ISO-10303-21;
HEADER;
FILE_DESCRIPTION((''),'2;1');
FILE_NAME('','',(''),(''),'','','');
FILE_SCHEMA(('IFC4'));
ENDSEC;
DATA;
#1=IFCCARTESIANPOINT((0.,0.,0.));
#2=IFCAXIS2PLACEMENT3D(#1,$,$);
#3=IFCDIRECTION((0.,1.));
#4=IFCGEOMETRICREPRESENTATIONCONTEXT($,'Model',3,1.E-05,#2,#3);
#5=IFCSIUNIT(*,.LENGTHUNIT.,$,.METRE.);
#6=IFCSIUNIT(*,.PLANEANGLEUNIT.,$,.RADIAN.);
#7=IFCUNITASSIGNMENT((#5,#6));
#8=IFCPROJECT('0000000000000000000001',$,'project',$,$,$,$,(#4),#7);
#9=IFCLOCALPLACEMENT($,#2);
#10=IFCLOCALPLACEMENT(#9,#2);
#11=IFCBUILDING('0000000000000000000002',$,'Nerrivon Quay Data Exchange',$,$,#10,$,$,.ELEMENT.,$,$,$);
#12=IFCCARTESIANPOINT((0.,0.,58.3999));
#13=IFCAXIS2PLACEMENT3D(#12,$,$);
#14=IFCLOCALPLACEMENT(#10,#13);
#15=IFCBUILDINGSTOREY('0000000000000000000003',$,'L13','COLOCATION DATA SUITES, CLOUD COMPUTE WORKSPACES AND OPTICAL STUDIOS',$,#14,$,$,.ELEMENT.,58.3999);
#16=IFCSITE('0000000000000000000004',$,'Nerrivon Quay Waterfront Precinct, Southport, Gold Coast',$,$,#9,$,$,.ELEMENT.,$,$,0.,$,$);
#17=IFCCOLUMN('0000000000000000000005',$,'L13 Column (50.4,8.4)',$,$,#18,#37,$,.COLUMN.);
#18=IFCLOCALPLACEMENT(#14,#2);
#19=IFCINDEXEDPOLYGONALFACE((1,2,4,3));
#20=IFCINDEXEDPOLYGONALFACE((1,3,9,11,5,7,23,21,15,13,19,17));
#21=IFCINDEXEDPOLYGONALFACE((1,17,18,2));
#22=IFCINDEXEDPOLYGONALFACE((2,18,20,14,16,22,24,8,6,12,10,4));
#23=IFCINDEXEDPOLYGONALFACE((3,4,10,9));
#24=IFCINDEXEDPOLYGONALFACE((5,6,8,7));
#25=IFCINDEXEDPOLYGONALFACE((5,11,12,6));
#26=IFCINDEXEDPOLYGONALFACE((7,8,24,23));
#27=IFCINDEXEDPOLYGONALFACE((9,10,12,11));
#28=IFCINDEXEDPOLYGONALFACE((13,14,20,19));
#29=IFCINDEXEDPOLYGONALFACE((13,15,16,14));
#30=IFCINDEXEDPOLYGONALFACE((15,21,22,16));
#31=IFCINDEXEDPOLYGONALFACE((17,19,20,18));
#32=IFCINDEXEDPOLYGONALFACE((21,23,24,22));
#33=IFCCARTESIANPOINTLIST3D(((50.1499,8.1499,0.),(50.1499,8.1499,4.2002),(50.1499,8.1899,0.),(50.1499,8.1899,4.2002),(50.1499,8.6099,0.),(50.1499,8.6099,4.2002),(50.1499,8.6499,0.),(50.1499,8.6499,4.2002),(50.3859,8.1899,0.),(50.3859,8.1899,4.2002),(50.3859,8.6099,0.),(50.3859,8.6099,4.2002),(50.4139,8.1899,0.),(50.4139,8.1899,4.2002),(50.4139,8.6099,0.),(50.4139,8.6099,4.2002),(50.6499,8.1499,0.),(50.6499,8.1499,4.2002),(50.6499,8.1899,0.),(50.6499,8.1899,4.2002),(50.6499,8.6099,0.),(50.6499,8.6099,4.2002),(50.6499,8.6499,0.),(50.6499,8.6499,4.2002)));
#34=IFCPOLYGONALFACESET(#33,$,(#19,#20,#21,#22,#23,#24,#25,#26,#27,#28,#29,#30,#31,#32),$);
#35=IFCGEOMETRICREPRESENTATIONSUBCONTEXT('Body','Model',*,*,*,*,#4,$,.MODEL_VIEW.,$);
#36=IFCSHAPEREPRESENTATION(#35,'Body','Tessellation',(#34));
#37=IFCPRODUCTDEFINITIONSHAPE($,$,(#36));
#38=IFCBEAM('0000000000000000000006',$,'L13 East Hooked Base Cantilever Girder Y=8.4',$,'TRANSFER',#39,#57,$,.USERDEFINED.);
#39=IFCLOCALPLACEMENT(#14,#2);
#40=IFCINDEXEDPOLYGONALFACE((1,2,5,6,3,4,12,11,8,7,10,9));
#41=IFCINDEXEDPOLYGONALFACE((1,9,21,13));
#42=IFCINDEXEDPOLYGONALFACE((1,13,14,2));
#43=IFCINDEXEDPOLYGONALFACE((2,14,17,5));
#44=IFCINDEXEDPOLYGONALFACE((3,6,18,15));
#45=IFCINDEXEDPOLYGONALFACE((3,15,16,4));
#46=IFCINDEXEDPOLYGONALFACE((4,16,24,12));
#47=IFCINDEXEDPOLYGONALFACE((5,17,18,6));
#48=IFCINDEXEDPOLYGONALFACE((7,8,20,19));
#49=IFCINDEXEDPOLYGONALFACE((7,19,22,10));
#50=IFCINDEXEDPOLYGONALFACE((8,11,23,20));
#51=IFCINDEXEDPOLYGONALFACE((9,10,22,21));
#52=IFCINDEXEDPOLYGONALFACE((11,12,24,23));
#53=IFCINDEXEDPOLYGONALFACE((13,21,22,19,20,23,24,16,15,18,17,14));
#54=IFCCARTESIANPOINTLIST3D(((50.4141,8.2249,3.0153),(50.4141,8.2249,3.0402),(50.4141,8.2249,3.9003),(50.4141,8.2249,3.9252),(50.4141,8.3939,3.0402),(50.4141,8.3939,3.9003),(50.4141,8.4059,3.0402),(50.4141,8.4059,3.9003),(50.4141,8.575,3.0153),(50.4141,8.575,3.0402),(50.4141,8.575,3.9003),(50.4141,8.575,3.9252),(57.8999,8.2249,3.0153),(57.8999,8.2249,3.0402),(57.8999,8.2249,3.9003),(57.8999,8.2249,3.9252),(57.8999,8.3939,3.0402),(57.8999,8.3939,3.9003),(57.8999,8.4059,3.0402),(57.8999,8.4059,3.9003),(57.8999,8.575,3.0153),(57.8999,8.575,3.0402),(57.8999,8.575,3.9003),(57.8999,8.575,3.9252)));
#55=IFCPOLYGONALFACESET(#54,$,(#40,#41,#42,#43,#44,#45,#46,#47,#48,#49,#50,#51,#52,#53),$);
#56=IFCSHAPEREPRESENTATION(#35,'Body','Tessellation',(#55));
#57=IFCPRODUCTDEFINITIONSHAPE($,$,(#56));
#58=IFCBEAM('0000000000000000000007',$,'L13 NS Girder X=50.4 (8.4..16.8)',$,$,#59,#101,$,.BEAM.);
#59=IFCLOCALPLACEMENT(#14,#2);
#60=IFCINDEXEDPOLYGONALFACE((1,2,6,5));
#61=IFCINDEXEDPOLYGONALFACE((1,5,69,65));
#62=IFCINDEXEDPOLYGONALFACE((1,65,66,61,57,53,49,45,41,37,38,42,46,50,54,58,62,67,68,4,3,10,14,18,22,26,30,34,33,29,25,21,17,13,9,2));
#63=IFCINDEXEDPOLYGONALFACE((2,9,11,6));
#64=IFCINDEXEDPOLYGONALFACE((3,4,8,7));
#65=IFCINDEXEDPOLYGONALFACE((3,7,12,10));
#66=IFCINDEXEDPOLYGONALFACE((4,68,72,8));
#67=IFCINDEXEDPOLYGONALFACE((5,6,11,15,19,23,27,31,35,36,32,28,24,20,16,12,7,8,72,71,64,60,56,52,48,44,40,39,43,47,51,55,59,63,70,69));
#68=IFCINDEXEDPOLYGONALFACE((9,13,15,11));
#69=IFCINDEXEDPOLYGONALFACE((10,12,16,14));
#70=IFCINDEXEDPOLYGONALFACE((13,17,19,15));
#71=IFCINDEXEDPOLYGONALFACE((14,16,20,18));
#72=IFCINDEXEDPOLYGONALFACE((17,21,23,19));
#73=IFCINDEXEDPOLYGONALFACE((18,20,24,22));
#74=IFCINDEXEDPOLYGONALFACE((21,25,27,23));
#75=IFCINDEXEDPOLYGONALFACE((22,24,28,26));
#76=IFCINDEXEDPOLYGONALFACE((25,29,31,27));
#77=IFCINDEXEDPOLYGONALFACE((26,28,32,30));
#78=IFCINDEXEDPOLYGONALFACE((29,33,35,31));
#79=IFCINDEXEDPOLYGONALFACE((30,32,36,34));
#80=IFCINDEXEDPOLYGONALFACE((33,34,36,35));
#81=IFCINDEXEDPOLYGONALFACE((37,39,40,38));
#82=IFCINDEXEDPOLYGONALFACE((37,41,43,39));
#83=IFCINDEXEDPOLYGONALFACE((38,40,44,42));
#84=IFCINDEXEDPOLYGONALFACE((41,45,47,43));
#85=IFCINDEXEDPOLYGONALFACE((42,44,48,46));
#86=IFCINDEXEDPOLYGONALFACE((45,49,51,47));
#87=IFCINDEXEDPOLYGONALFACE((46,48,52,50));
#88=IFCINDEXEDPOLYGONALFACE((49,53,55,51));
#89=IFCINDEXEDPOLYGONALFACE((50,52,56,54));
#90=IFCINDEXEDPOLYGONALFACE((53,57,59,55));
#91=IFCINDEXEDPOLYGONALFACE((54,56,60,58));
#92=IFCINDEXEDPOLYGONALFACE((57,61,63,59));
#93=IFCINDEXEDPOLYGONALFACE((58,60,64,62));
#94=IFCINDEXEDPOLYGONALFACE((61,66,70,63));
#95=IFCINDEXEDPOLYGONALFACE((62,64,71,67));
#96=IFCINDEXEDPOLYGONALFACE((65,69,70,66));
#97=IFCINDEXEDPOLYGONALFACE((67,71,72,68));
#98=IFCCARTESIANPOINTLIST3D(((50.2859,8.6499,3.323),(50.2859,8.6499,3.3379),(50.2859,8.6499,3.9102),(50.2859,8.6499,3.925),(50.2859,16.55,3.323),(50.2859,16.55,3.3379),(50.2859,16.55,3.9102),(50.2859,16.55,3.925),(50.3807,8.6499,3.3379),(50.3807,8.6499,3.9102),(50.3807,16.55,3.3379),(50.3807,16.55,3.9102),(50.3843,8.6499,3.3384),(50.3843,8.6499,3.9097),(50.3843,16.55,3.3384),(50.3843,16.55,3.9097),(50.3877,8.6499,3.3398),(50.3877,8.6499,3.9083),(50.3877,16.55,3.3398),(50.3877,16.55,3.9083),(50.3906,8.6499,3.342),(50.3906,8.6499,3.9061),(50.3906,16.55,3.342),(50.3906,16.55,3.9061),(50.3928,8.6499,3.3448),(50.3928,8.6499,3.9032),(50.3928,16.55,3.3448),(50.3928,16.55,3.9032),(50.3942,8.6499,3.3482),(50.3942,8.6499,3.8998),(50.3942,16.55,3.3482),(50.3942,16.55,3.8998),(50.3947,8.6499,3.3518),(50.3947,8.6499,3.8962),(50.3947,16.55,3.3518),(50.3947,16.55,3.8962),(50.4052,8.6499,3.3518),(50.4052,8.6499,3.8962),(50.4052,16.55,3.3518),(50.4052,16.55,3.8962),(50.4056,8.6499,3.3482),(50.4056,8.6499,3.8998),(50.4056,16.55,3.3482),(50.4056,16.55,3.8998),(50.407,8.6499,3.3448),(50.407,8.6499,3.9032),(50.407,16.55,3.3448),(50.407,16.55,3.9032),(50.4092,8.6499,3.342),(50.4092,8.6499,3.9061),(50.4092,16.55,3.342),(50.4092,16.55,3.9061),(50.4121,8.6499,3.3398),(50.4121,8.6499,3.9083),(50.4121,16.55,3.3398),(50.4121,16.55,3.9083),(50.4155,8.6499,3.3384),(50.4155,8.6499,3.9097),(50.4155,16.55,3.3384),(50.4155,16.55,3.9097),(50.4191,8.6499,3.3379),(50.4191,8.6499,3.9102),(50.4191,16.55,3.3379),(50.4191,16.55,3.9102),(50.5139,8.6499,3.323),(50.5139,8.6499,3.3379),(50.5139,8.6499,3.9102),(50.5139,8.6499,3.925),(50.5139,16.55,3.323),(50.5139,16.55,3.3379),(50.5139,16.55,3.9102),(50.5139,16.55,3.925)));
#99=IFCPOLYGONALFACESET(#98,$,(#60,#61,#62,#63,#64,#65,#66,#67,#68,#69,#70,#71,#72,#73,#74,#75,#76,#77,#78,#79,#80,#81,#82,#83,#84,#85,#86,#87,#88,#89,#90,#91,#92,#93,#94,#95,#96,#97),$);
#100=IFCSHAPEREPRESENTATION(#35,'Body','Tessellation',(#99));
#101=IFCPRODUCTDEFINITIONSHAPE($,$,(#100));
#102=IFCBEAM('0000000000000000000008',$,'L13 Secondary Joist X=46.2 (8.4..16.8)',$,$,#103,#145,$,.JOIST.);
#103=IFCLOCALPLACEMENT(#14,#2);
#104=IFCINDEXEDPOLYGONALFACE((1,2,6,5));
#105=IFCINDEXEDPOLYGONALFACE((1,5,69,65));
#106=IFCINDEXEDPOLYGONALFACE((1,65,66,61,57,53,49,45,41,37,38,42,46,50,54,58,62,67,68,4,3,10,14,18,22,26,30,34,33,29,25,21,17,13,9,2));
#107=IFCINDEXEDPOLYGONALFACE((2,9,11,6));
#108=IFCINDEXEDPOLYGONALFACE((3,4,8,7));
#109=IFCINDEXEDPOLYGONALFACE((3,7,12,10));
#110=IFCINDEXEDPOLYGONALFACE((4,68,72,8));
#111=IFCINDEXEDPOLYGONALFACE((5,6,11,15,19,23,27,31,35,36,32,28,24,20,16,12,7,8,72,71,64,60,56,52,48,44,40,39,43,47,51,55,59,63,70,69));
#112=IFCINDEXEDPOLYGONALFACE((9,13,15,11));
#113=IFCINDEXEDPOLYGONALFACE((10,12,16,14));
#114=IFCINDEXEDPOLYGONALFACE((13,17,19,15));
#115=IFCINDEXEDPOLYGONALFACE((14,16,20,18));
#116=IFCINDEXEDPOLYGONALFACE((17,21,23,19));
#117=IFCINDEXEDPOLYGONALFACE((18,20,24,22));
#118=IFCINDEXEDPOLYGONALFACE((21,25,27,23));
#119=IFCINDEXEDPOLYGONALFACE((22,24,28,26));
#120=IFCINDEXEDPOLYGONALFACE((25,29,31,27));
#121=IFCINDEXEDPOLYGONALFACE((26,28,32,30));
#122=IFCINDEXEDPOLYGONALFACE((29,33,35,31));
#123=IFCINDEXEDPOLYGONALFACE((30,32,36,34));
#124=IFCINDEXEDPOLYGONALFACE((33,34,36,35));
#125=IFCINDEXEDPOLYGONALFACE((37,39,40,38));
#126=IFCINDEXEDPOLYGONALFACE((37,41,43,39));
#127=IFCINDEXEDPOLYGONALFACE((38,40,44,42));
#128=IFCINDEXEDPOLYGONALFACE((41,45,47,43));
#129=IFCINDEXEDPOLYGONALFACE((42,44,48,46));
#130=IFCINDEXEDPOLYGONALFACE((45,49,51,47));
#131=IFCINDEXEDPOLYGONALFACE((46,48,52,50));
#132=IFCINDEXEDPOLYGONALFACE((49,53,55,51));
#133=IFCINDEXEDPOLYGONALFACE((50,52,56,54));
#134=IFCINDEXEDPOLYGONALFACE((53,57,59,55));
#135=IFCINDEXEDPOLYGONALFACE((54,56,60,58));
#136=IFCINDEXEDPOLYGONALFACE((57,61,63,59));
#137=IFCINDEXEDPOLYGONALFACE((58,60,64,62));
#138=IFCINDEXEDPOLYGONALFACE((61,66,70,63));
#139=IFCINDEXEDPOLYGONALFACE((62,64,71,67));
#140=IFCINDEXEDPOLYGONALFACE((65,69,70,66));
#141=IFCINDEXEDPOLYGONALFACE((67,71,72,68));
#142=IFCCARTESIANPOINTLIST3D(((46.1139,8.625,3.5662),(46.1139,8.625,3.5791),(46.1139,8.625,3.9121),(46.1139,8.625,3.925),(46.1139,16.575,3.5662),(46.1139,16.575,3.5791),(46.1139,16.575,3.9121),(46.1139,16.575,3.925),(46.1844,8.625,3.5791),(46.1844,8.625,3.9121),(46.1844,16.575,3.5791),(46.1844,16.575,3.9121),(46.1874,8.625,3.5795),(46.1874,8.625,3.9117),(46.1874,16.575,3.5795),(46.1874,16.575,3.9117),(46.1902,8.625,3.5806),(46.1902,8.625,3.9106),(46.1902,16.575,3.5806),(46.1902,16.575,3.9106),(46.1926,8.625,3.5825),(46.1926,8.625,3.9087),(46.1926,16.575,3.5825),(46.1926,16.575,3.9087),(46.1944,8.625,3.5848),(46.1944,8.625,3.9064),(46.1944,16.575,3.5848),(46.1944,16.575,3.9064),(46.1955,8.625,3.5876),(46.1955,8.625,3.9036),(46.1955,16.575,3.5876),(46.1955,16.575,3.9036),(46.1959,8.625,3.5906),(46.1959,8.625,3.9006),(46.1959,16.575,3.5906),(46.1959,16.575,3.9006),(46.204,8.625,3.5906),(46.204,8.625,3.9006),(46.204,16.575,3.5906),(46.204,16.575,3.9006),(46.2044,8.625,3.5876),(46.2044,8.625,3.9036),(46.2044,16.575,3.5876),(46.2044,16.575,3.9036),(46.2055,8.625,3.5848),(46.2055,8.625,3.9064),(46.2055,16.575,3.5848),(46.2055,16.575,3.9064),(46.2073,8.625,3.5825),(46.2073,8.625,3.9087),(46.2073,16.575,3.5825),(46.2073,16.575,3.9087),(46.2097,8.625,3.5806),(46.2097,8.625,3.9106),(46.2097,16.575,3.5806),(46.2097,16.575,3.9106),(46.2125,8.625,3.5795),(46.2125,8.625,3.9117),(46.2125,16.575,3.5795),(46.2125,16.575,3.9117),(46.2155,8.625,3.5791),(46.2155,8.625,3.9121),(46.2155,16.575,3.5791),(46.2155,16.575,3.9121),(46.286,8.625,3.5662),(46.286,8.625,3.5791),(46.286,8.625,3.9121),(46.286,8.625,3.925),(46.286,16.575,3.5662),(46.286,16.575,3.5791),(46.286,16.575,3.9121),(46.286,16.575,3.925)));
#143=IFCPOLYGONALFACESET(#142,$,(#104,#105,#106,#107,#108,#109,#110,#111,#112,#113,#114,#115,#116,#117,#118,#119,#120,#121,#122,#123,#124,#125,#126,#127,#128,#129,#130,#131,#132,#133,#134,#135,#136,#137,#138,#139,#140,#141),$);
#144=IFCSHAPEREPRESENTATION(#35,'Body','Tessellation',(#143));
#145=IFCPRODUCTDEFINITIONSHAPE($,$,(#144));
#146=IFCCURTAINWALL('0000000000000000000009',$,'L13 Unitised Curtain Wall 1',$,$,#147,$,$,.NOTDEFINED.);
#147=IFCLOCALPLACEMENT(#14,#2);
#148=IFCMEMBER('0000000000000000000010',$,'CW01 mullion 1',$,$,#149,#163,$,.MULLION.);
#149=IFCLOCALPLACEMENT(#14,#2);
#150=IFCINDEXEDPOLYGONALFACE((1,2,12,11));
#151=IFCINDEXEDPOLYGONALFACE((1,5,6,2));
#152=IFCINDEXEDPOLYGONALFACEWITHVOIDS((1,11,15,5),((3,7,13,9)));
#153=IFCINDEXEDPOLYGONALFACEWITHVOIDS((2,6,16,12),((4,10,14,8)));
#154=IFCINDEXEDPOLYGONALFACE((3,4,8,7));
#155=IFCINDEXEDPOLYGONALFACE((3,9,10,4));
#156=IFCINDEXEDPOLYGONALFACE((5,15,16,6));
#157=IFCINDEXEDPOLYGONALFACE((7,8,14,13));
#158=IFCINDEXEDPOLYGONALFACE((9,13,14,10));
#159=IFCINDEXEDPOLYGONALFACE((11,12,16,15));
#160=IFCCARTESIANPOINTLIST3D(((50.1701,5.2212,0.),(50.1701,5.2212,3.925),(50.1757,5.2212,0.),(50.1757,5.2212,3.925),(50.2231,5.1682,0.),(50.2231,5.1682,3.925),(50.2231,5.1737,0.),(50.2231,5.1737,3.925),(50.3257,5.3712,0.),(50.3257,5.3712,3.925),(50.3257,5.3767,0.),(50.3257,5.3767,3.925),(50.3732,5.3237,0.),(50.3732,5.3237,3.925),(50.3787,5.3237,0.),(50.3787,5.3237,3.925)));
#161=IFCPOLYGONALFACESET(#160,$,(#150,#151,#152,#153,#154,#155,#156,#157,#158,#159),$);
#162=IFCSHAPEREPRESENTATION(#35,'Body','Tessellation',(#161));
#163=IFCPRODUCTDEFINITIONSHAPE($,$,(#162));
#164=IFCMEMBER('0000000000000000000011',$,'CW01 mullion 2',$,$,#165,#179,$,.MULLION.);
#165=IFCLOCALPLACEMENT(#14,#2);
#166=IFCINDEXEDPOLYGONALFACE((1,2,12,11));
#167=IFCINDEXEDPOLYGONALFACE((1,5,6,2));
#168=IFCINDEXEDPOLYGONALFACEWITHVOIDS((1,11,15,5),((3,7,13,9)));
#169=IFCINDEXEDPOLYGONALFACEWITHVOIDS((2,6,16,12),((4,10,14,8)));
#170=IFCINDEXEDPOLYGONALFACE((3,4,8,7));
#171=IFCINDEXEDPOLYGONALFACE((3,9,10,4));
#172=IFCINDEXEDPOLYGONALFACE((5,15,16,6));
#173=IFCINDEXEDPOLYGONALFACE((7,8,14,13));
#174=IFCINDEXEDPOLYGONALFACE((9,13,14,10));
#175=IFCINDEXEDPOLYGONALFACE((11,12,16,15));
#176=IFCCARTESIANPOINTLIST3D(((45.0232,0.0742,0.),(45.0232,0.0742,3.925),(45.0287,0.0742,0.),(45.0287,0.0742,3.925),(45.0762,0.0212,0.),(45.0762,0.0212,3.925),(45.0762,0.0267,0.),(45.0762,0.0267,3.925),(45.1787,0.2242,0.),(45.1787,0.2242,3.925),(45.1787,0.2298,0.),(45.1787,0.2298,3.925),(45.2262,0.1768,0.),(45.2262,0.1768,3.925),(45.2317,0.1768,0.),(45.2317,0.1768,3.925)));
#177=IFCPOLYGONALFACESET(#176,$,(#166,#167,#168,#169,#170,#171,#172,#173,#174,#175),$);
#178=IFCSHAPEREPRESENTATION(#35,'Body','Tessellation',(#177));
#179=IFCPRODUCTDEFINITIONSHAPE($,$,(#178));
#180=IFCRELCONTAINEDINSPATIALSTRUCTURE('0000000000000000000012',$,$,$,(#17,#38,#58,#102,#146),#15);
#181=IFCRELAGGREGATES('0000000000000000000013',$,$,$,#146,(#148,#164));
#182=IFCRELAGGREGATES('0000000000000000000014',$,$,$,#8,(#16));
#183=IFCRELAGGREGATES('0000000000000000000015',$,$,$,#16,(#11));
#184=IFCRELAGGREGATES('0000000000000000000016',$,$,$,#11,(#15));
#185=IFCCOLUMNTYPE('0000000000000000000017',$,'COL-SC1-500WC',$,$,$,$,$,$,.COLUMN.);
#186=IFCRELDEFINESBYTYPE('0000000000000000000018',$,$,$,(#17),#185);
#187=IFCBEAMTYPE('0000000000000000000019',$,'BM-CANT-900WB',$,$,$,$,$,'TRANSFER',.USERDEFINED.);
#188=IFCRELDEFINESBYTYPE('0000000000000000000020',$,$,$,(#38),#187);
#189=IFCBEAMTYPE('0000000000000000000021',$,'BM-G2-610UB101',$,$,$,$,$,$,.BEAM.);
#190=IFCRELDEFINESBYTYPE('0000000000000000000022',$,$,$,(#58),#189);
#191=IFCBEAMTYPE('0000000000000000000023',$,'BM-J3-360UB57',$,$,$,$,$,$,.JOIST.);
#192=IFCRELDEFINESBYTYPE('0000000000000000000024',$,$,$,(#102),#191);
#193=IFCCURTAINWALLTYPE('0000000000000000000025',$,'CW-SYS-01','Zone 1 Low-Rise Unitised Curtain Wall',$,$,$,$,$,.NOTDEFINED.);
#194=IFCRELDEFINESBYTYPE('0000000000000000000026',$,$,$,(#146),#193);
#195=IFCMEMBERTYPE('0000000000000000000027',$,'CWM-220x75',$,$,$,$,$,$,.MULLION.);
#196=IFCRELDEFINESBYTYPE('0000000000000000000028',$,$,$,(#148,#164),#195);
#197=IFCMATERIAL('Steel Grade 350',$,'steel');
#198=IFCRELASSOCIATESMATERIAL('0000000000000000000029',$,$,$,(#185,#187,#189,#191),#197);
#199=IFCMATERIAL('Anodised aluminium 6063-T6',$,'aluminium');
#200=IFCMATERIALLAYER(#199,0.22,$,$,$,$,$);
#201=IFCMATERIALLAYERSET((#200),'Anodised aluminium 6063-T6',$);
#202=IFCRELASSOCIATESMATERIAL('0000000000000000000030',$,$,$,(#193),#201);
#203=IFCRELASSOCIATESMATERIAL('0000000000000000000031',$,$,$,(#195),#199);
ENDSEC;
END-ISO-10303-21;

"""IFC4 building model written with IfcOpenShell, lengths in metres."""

from ifc_helpers import new_model, si_unit, direction, frame, origin, origin_2d, place, context, subcontext, project, spatial, hollow_rectangle, i_section, extrude, material, layer, layer_set, material_profile, profile_set, type_object, element, aggregate, save


model = new_model("IFC4")

# Units and contexts
model_context = context("Model", 3, precision=1e-05, world=origin(), true_north=direction((0.0, 1.0)))
body_context = subcontext(model_context, "Body", "Model", "MODEL_VIEW")
ifc_project = project(units=[si_unit("LENGTHUNIT", "METRE"), si_unit("PLANEANGLEUNIT", "RADIAN")], contexts=[model_context])

# Site, building, storey
site_placement = place(None, origin())
site = spatial("IfcSite", under=ifc_project, at=site_placement, Name="Nerrivon Quay Waterfront Precinct, Southport, Gold Coast", CompositionType="ELEMENT", RefElevation=0.0)
building_placement = place(site_placement, origin())
building = spatial("IfcBuilding", under=site, at=building_placement, Name="Nerrivon Quay Data Exchange", CompositionType="ELEMENT")
storey_placement = place(building_placement, frame((0.0, 0.0, 58.3999)))
storey = spatial("IfcBuildingStorey", under=building, at=storey_placement, Name="L13", Description="COLOCATION DATA SUITES, CLOUD COMPUTE WORKSPACES AND OPTICAL STUDIOS", CompositionType="ELEMENT", Elevation=58.3999)

# Column
ifc_material_1 = material(Name="Steel Grade 350", Category="steel")
ifc_material_profile_1 = material_profile(ifc_material_1, i_section(OverallWidth=0.5, OverallDepth=0.5, WebThickness=0.0281, FlangeThickness=0.04, at=origin_2d()), Name="500WC440")
ifc_profile_set_1 = profile_set([ifc_material_profile_1], Name="Steel Grade 350")
column_type = type_object("IfcColumnType", Name="COL-SC1-500WC", PredefinedType="COLUMN", material=ifc_profile_set_1)
column_placement = place(storey_placement, frame((50.3999, 8.3999, 0.0), z_axis=(0.0, 0.0, 1.0), x_axis=(1.0, 0.0, 0.0)))
element("IfcColumn", 1, at=column_placement, inside=storey, type_object=column_type, Name="L13 Column (50.4,8.4)", PredefinedType="COLUMN", context=body_context, shape_type="SweptSolid", body=[
    extrude(i_section(OverallWidth=0.5, OverallDepth=0.5, WebThickness=0.0281, FlangeThickness=0.04, at=origin_2d()), origin(), (0.0, 0.0, 1.0), 4.2002),
])

# Beams
ifc_material_profile_2 = material_profile(ifc_material_1, i_section(OverallWidth=0.3501, OverallDepth=0.9099, WebThickness=0.012, FlangeThickness=0.0249, at=origin_2d()), Name="900WB218")
ifc_profile_set_2 = profile_set([ifc_material_profile_2], Name="Steel Grade 350")
beam_type_1 = type_object("IfcBeamType", Name="BM-CANT-900WB", ElementType="TRANSFER", PredefinedType="USERDEFINED", material=ifc_profile_set_2)
beam_1_placement = place(storey_placement, frame((50.4141, 8.3999, 3.4702), z_axis=(1.0, 0.0, 0.0), x_axis=(0.0, 1.0, 0.0)))
element("IfcBeam", 2, at=beam_1_placement, inside=storey, type_object=beam_type_1, Name="L13 East Hooked Base Cantilever Girder Y=8.4", ObjectType="TRANSFER", PredefinedType="USERDEFINED", context=body_context, shape_type="SweptSolid", body=[
    extrude(i_section(OverallWidth=0.3501, OverallDepth=0.9099, WebThickness=0.012, FlangeThickness=0.0249, at=origin_2d()), origin(), (0.0, 0.0, 1.0), 7.4858),
])
ifc_material_profile_3 = material_profile(ifc_material_1, i_section(OverallWidth=0.228, OverallDepth=0.6021, WebThickness=0.0105, FlangeThickness=0.0149, FilletRadius=0.0139, at=origin_2d()), Name="610UB101")
ifc_profile_set_3 = profile_set([ifc_material_profile_3], Name="Steel Grade 350")
beam_type_2 = type_object("IfcBeamType", Name="BM-G2-610UB101", PredefinedType="BEAM", material=ifc_profile_set_3)
beam_2_placement = place(storey_placement, frame((50.3999, 8.6499, 3.624), z_axis=(0.0, 1.0, 0.0), x_axis=(-1.0, 0.0, 0.0)))
element("IfcBeam", 3, at=beam_2_placement, inside=storey, type_object=beam_type_2, Name="L13 NS Girder X=50.4 (8.4..16.8)", PredefinedType="BEAM", context=body_context, shape_type="SweptSolid", body=[
    extrude(i_section(OverallWidth=0.228, OverallDepth=0.6021, WebThickness=0.0105, FlangeThickness=0.0149, FilletRadius=0.0139, at=origin_2d()), origin(), (0.0, 0.0, 1.0), 7.9001),
])
ifc_material_profile_4 = material_profile(ifc_material_1, i_section(OverallWidth=0.1721, OverallDepth=0.3589, WebThickness=0.0081, FlangeThickness=0.0129, FilletRadius=0.0115, at=origin_2d()), Name="360UB56.7")
ifc_profile_set_4 = profile_set([ifc_material_profile_4], Name="Steel Grade 350")
beam_type_3 = type_object("IfcBeamType", Name="BM-J3-360UB57", PredefinedType="JOIST", material=ifc_profile_set_4)
beam_3_placement = place(storey_placement, frame((46.2, 8.625, 3.7456), z_axis=(0.0, 1.0, 0.0), x_axis=(-1.0, 0.0, 0.0)))
element("IfcBeam", 4, at=beam_3_placement, inside=storey, type_object=beam_type_3, Name="L13 Secondary Joist X=46.2 (8.4..16.8)", PredefinedType="JOIST", context=body_context, shape_type="SweptSolid", body=[
    extrude(i_section(OverallWidth=0.1721, OverallDepth=0.3589, WebThickness=0.0081, FlangeThickness=0.0129, FilletRadius=0.0115, at=origin_2d()), origin(), (0.0, 0.0, 1.0), 7.95),
])

# Curtain wall, members
ifc_material_2 = material(Name="Anodised aluminium 6063-T6", Category="aluminium")
ifc_layer_1 = layer(ifc_material_2, 0.22)
ifc_layer_set_1 = layer_set([ifc_layer_1], Name="Anodised aluminium 6063-T6")
curtain_wall_type = type_object("IfcCurtainWallType", Name="CW-SYS-01", Description="Zone 1 Low-Rise Unitised Curtain Wall", PredefinedType="NOTDEFINED", material=ifc_layer_set_1)
curtain_wall_1_placement = place(storey_placement, origin())
curtain_wall_1 = element("IfcCurtainWall", 5, at=curtain_wall_1_placement, inside=storey, type_object=curtain_wall_type, Name="L13 Unitised Curtain Wall 1", PredefinedType="NOTDEFINED")
ifc_material_profile_5 = material_profile(ifc_material_2, hollow_rectangle(XDim=0.075, YDim=0.22, WallThickness=0.0039, at=origin_2d()), Name="ALU-MULL-220x75")
ifc_profile_set_5 = profile_set([ifc_material_profile_5], Name="Anodised aluminium 6063-T6")
member_type_1 = type_object("IfcMemberType", Name="CWM-220x75", PredefinedType="MULLION", material=ifc_profile_set_5)
member_1_placement = place(storey_placement, frame((50.2744, 5.2725, 0.0), z_axis=(0.0, 0.0, 1.0), x_axis=(0.707107, -0.707107, 0.0)))
member_1 = element("IfcMember", 6, at=member_1_placement, type_object=member_type_1, Name="CW01 mullion 1", PredefinedType="MULLION", context=body_context, shape_type="SweptSolid", body=[
    extrude(hollow_rectangle(XDim=0.075, YDim=0.22, WallThickness=0.0039, at=origin_2d()), origin(), (0.0, 0.0, 1.0), 3.925),
])
member_2_placement = place(storey_placement, frame((45.1274, 0.1255, 0.0), z_axis=(0.0, 0.0, 1.0), x_axis=(0.707107, -0.707107, 0.0)))
member_2 = element("IfcMember", 7, at=member_2_placement, type_object=member_type_1, Name="CW01 mullion 2", PredefinedType="MULLION", context=body_context, shape_type="SweptSolid", body=[
    extrude(hollow_rectangle(XDim=0.075, YDim=0.22, WallThickness=0.0039, at=origin_2d()), origin(), (0.0, 0.0, 1.0), 3.925),
])

aggregate(curtain_wall_1, [member_1, member_2])

save(model, "model.ifc")
